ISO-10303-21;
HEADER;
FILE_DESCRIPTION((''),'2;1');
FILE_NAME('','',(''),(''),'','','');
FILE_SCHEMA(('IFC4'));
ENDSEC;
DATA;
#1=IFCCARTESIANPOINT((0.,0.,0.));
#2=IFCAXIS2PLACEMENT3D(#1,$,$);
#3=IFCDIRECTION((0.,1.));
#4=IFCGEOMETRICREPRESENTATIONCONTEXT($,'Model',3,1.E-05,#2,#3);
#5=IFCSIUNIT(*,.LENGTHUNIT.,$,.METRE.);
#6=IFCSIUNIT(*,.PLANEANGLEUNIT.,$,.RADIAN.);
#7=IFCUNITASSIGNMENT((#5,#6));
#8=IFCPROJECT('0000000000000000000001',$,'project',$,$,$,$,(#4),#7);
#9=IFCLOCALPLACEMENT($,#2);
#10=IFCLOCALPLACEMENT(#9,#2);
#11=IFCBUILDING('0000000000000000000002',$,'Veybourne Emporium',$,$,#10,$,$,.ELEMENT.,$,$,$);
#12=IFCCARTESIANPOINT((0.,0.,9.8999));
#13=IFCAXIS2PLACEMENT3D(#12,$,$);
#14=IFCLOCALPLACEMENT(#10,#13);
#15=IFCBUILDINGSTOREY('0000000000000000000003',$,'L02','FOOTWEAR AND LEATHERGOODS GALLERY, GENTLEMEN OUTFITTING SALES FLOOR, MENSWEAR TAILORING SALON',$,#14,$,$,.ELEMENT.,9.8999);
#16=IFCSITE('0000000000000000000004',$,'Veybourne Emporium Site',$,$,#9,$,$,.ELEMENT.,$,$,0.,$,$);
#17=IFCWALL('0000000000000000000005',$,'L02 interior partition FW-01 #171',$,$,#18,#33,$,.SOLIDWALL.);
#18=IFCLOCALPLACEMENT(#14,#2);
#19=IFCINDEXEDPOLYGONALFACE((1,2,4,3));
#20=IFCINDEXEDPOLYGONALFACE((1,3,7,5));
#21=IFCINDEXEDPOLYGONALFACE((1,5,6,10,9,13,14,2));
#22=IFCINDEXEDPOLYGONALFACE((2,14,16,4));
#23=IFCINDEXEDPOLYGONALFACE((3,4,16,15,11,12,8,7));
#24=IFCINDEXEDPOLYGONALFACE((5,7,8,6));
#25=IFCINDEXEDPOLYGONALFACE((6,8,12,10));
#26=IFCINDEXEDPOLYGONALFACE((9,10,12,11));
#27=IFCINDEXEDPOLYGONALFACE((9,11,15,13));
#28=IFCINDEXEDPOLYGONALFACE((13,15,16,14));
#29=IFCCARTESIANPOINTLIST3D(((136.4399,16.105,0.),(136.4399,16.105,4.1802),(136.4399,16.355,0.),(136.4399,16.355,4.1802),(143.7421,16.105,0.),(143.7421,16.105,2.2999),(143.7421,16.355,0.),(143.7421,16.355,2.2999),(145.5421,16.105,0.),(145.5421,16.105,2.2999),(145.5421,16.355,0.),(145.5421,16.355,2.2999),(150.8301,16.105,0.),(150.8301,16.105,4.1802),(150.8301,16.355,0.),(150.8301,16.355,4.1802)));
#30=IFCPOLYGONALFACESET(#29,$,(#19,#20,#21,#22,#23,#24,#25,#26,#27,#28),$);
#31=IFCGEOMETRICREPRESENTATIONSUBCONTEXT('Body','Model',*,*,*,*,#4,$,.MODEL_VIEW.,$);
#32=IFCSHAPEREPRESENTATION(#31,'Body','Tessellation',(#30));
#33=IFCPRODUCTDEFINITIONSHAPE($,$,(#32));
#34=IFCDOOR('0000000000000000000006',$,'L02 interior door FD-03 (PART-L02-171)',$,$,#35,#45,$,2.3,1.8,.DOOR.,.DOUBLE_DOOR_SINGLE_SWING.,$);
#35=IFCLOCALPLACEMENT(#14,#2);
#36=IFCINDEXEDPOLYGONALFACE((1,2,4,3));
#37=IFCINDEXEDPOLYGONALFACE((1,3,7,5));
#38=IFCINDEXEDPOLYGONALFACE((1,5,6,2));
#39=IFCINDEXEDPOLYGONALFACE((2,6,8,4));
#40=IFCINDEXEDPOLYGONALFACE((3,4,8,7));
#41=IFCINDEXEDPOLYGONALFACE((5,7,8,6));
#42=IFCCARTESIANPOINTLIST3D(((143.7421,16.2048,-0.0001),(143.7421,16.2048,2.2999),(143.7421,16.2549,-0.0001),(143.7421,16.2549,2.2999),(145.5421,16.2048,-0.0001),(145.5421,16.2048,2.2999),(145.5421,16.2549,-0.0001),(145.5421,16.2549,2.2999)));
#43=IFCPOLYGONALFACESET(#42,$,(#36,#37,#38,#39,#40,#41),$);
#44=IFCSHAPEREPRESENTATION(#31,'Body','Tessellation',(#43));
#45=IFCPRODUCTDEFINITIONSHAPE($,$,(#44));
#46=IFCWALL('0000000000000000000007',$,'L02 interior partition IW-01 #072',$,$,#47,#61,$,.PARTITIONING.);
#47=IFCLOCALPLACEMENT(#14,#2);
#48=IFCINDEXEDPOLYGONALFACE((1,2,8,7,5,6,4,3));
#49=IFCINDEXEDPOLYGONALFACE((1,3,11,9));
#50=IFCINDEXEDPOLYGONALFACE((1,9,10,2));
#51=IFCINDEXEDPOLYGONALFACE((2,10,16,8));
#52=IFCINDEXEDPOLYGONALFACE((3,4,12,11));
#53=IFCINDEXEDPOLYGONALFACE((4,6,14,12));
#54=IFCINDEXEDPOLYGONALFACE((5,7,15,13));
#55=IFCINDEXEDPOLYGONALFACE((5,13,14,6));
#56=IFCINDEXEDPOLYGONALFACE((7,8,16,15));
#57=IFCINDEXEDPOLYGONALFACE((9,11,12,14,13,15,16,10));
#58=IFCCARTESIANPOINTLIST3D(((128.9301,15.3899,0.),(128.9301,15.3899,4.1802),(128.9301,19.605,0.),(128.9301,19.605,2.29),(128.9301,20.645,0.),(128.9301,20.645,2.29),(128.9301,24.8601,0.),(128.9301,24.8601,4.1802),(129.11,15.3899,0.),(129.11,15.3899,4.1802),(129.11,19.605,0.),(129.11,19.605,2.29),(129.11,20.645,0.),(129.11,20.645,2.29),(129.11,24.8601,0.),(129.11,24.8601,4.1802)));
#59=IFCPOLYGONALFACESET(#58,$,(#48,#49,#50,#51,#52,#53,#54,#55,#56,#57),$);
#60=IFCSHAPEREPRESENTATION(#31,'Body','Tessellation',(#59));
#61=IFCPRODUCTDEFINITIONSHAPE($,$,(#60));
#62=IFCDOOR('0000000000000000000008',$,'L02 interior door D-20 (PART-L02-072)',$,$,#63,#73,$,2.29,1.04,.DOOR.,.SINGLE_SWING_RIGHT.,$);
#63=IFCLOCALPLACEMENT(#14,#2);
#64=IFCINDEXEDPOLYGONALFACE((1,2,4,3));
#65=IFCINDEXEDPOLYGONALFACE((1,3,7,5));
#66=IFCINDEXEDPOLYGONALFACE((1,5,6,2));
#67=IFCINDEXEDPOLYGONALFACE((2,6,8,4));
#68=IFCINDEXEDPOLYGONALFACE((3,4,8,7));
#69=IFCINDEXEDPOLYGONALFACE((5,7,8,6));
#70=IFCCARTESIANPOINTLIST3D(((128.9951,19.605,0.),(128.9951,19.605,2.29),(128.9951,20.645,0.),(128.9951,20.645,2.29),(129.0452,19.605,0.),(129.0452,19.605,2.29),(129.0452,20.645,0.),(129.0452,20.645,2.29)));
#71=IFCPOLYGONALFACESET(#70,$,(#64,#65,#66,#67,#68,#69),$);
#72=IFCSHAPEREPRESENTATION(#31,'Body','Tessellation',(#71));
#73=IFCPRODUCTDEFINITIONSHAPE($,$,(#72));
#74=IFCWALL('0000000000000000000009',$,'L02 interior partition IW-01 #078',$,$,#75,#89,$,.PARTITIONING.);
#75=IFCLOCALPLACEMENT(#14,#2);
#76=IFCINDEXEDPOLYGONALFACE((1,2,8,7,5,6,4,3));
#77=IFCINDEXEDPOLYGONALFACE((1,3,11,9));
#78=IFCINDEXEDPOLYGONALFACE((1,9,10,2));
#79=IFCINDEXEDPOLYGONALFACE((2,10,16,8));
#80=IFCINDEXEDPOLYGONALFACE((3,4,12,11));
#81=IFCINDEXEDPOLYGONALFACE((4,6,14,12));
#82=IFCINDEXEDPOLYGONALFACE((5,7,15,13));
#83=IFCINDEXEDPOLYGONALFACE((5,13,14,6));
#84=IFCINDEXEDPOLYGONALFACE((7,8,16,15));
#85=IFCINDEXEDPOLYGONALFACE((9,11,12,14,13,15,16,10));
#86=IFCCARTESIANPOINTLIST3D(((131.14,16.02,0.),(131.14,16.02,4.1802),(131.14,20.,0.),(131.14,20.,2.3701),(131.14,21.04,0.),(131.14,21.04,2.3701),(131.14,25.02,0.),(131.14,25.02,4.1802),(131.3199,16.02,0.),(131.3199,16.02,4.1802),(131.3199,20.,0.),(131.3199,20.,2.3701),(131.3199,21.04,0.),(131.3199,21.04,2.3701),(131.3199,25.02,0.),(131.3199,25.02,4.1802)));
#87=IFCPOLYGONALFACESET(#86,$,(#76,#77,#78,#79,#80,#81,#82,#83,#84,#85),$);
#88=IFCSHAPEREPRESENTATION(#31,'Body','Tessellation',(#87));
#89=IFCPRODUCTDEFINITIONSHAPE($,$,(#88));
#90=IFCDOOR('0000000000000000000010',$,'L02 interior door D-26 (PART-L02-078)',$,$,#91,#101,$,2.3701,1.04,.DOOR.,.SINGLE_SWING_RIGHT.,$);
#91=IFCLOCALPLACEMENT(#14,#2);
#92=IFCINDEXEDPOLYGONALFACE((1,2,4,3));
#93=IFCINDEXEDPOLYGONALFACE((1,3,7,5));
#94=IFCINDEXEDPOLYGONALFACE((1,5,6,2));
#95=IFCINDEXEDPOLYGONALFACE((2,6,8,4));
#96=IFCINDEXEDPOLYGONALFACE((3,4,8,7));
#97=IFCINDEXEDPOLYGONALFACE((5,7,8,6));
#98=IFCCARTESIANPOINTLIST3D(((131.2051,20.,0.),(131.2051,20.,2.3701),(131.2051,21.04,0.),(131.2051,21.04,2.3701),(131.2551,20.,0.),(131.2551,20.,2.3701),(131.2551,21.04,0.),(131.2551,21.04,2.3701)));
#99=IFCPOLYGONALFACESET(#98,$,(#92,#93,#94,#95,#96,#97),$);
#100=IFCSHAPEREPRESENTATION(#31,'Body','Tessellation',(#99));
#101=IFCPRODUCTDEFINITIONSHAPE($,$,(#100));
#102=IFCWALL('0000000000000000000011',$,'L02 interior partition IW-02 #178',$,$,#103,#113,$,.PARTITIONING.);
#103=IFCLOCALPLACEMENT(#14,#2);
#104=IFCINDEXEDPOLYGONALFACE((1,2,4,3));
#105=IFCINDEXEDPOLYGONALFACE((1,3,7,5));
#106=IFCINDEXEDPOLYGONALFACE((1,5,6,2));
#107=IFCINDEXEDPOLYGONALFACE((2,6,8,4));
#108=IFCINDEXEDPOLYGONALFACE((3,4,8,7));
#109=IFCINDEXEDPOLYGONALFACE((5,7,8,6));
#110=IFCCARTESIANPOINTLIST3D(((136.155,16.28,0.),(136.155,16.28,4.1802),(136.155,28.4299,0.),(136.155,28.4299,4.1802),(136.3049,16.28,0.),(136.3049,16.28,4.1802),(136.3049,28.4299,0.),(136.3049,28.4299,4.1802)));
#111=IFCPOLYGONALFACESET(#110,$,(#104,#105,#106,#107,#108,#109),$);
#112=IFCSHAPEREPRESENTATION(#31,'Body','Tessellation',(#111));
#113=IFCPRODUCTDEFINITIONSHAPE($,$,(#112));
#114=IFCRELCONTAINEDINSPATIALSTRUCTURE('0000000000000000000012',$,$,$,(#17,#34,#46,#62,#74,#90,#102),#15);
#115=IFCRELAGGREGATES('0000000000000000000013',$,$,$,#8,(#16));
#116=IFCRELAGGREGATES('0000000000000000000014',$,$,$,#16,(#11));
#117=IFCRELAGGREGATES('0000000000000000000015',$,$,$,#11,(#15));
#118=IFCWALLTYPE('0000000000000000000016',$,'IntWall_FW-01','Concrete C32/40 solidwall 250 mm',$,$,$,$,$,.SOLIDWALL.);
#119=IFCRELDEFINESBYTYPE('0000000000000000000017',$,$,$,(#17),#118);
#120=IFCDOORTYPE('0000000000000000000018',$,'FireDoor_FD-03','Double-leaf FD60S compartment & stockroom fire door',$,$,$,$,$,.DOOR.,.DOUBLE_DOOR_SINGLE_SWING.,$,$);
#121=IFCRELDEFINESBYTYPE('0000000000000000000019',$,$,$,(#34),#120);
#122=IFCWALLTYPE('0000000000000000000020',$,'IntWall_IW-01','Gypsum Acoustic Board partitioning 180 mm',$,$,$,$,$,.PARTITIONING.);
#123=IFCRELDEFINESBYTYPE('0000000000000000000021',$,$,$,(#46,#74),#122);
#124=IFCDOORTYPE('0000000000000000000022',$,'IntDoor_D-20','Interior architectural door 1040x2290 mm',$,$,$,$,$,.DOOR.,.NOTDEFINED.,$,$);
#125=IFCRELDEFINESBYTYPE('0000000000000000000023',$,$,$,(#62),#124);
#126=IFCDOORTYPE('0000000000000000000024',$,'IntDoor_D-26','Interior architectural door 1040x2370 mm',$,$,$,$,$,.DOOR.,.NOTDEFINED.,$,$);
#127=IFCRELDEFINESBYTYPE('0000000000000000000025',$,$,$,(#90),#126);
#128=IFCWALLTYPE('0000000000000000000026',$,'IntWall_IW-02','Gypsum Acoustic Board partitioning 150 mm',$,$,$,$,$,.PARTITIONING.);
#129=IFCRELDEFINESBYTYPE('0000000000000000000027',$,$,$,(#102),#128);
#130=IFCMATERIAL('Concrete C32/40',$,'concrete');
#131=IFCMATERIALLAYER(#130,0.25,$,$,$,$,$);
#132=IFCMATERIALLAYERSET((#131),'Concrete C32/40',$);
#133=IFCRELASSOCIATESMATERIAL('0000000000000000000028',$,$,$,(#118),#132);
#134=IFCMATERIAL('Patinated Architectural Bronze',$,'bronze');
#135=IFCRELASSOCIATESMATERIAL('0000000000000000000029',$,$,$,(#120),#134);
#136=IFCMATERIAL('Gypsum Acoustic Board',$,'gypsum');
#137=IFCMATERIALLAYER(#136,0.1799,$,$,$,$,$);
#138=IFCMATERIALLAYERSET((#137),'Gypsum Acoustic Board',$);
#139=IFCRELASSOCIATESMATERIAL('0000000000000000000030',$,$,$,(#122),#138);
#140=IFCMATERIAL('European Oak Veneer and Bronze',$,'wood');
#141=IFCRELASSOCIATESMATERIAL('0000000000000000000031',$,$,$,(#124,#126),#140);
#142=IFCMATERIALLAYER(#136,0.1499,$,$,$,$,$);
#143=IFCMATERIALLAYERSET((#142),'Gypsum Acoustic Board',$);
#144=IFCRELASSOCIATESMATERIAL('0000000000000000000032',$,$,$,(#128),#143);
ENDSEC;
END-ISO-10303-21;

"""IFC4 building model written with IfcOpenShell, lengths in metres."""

from ifc_helpers import new_model, si_unit, direction, frame, frame_2d, origin, place, context, subcontext, project, spatial, rectangle, extrude, material, layer, layer_set, type_object, element, fill, save


model = new_model("IFC4")

# Units and contexts
model_context = context("Model", 3, precision=1e-05, world=origin(), true_north=direction((0.0, 1.0)))
body_context = subcontext(model_context, "Body", "Model", "MODEL_VIEW")
ifc_project = project(units=[si_unit("LENGTHUNIT", "METRE"), si_unit("PLANEANGLEUNIT", "RADIAN")], contexts=[model_context])

# Site, building, storey
site_placement = place(None, origin())
site = spatial("IfcSite", under=ifc_project, at=site_placement, Name="Veybourne Emporium Site", CompositionType="ELEMENT", RefElevation=0.0)
building_placement = place(site_placement, origin())
building = spatial("IfcBuilding", under=site, at=building_placement, Name="Veybourne Emporium", CompositionType="ELEMENT")
storey_placement = place(building_placement, frame((0.0, 0.0, 9.8999)))
storey = spatial("IfcBuildingStorey", under=building, at=storey_placement, Name="L02", Description="FOOTWEAR AND LEATHERGOODS GALLERY, GENTLEMEN OUTFITTING SALES FLOOR, MENSWEAR TAILORING SALON", CompositionType="ELEMENT", Elevation=9.8999)

# Shared definitions
ifc_material_1 = material(Name="Concrete C32/40", Category="concrete")

# Walls, openings, doors
ifc_layer_1 = layer(ifc_material_1, 0.25)
ifc_layer_set_1 = layer_set([ifc_layer_1], Name="Concrete C32/40")
wall_type_1 = type_object("IfcWallType", Name="IntWall_FW-01", Description="Concrete C32/40 solidwall 250 mm", PredefinedType="SOLIDWALL", material=ifc_layer_set_1)
wall_1_placement = place(storey_placement, frame((136.4399, 16.23, 0.0), z_axis=(0.0, 0.0, 1.0), x_axis=(1.0, 0.0, 0.0)))
wall_1 = element("IfcWall", 1, at=wall_1_placement, inside=storey, type_object=wall_type_1, Name="L02 interior partition FW-01 #171", PredefinedType="SOLIDWALL", context=body_context, shape_type="SweptSolid", body=[
    extrude(rectangle(XDim=14.3901, YDim=0.25, at=frame_2d((7.1951, 0.0))), origin(), (0.0, 0.0, 1.0), 4.1802),
])
opening_1_placement = place(wall_1_placement, frame((7.3022, 0.0, 0.0)))
opening_1 = element("IfcOpeningElement", 2, at=opening_1_placement, cuts=wall_1, PredefinedType="OPENING", context=body_context, shape_type="SweptSolid", body=[
    extrude(rectangle(XDim=1.8, YDim=2.3, at=frame_2d((0.8999, 1.1499))), frame((0.0, 0.145, 0.0), z_axis=(0.0, -1.0, 0.0), x_axis=(1.0, 0.0, 0.0)), (0.0, 0.0, 1.0), 0.29),
])
ifc_material_2 = material(Name="Patinated Architectural Bronze", Category="bronze")
door_type_1 = type_object("IfcDoorType", Name="FireDoor_FD-03", Description="Double-leaf FD60S compartment & stockroom fire door", OperationType="DOUBLE_DOOR_SINGLE_SWING", PredefinedType="DOOR", material=ifc_material_2)
door_1_placement = place(opening_1_placement, origin())
door_1 = element("IfcDoor", 3, at=door_1_placement, inside=storey, type_object=door_type_1, Name="L02 interior door FD-03 (PART-L02-171)", OperationType="DOUBLE_DOOR_SINGLE_SWING", OverallHeight=2.3, OverallWidth=1.8, PredefinedType="DOOR", context=body_context, shape_type="SweptSolid", body=[
    extrude(rectangle(XDim=1.8, YDim=2.3, at=frame_2d((0.8999, 1.1499))), frame((0.0, 0.0249, 0.0), z_axis=(0.0, -1.0, 0.0), x_axis=(1.0, 0.0, 0.0)), (0.0, 0.0, 1.0), 0.05),
])
fill(opening_1, door_1)
ifc_material_3 = material(Name="Gypsum Acoustic Board", Category="gypsum")
ifc_layer_2 = layer(ifc_material_3, 0.1799)
ifc_layer_set_2 = layer_set([ifc_layer_2], Name="Gypsum Acoustic Board")
wall_type_2 = type_object("IfcWallType", Name="IntWall_IW-01", Description="Gypsum Acoustic Board partitioning 180 mm", PredefinedType="PARTITIONING", material=ifc_layer_set_2)
wall_2_placement = place(storey_placement, frame((129.02, 15.3899, 0.0), z_axis=(0.0, 0.0, 1.0), x_axis=(0.0, 1.0, 0.0)))
wall_2 = element("IfcWall", 4, at=wall_2_placement, inside=storey, type_object=wall_type_2, Name="L02 interior partition IW-01 #072", PredefinedType="PARTITIONING", context=body_context, shape_type="SweptSolid", body=[
    extrude(rectangle(XDim=9.4702, YDim=0.1799, at=frame_2d((4.7351, 0.0))), origin(), (0.0, 0.0, 1.0), 4.1802),
])
opening_2_placement = place(wall_2_placement, frame((4.2151, 0.0, 0.0)))
opening_2 = element("IfcOpeningElement", 5, at=opening_2_placement, cuts=wall_2, PredefinedType="OPENING", context=body_context, shape_type="SweptSolid", body=[
    extrude(rectangle(XDim=1.04, YDim=2.29, at=frame_2d((0.52, 1.145))), frame((0.0, 0.1099, 0.0), z_axis=(0.0, -1.0, 0.0), x_axis=(1.0, 0.0, 0.0)), (0.0, 0.0, 1.0), 0.22),
])
ifc_material_4 = material(Name="European Oak Veneer and Bronze", Category="wood")
door_type_2 = type_object("IfcDoorType", Name="IntDoor_D-20", Description="Interior architectural door 1040x2290 mm", OperationType="NOTDEFINED", PredefinedType="DOOR", material=ifc_material_4)
door_2_placement = place(opening_2_placement, origin())
door_2 = element("IfcDoor", 6, at=door_2_placement, inside=storey, type_object=door_type_2, Name="L02 interior door D-20 (PART-L02-072)", OperationType="SINGLE_SWING_RIGHT", OverallHeight=2.29, OverallWidth=1.04, PredefinedType="DOOR", context=body_context, shape_type="SweptSolid", body=[
    extrude(rectangle(XDim=1.04, YDim=2.29, at=frame_2d((0.52, 1.145))), frame((0.0, 0.0249, 0.0), z_axis=(0.0, -1.0, 0.0), x_axis=(1.0, 0.0, 0.0)), (0.0, 0.0, 1.0), 0.05),
])
fill(opening_2, door_2)
wall_3_placement = place(storey_placement, frame((131.23, 16.02, 0.0), z_axis=(0.0, 0.0, 1.0), x_axis=(0.0, 1.0, 0.0)))
wall_3 = element("IfcWall", 7, at=wall_3_placement, inside=storey, type_object=wall_type_2, Name="L02 interior partition IW-01 #078", PredefinedType="PARTITIONING", context=body_context, shape_type="SweptSolid", body=[
    extrude(rectangle(XDim=9.0, YDim=0.1799, at=frame_2d((4.5, 0.0))), origin(), (0.0, 0.0, 1.0), 4.1802),
])
opening_3_placement = place(wall_3_placement, frame((3.98, 0.0, 0.0)))
opening_3 = element("IfcOpeningElement", 8, at=opening_3_placement, cuts=wall_3, PredefinedType="OPENING", context=body_context, shape_type="SweptSolid", body=[
    extrude(rectangle(XDim=1.04, YDim=2.3701, at=frame_2d((0.52, 1.1851))), frame((0.0, 0.1099, 0.0), z_axis=(0.0, -1.0, 0.0), x_axis=(1.0, 0.0, 0.0)), (0.0, 0.0, 1.0), 0.22),
])
door_type_3 = type_object("IfcDoorType", Name="IntDoor_D-26", Description="Interior architectural door 1040x2370 mm", OperationType="NOTDEFINED", PredefinedType="DOOR", material=ifc_material_4)
door_3_placement = place(opening_3_placement, origin())
door_3 = element("IfcDoor", 9, at=door_3_placement, inside=storey, type_object=door_type_3, Name="L02 interior door D-26 (PART-L02-078)", OperationType="SINGLE_SWING_RIGHT", OverallHeight=2.3701, OverallWidth=1.04, PredefinedType="DOOR", context=body_context, shape_type="SweptSolid", body=[
    extrude(rectangle(XDim=1.04, YDim=2.3701, at=frame_2d((0.52, 1.1851))), frame((0.0, 0.0249, 0.0), z_axis=(0.0, -1.0, 0.0), x_axis=(1.0, 0.0, 0.0)), (0.0, 0.0, 1.0), 0.05),
])
fill(opening_3, door_3)

# Wall
ifc_layer_3 = layer(ifc_material_3, 0.1499)
ifc_layer_set_3 = layer_set([ifc_layer_3], Name="Gypsum Acoustic Board")
wall_type_3 = type_object("IfcWallType", Name="IntWall_IW-02", Description="Gypsum Acoustic Board partitioning 150 mm", PredefinedType="PARTITIONING", material=ifc_layer_set_3)
wall_4_placement = place(storey_placement, frame((136.23, 16.28, 0.0), z_axis=(0.0, 0.0, 1.0), x_axis=(0.0, 1.0, 0.0)))
element("IfcWall", 10, at=wall_4_placement, inside=storey, type_object=wall_type_3, Name="L02 interior partition IW-02 #178", PredefinedType="PARTITIONING", context=body_context, shape_type="SweptSolid", body=[
    extrude(rectangle(XDim=12.1499, YDim=0.1499, at=frame_2d((6.075, 0.0))), origin(), (0.0, 0.0, 1.0), 4.1802),
])

save(model, "model.ifc")
